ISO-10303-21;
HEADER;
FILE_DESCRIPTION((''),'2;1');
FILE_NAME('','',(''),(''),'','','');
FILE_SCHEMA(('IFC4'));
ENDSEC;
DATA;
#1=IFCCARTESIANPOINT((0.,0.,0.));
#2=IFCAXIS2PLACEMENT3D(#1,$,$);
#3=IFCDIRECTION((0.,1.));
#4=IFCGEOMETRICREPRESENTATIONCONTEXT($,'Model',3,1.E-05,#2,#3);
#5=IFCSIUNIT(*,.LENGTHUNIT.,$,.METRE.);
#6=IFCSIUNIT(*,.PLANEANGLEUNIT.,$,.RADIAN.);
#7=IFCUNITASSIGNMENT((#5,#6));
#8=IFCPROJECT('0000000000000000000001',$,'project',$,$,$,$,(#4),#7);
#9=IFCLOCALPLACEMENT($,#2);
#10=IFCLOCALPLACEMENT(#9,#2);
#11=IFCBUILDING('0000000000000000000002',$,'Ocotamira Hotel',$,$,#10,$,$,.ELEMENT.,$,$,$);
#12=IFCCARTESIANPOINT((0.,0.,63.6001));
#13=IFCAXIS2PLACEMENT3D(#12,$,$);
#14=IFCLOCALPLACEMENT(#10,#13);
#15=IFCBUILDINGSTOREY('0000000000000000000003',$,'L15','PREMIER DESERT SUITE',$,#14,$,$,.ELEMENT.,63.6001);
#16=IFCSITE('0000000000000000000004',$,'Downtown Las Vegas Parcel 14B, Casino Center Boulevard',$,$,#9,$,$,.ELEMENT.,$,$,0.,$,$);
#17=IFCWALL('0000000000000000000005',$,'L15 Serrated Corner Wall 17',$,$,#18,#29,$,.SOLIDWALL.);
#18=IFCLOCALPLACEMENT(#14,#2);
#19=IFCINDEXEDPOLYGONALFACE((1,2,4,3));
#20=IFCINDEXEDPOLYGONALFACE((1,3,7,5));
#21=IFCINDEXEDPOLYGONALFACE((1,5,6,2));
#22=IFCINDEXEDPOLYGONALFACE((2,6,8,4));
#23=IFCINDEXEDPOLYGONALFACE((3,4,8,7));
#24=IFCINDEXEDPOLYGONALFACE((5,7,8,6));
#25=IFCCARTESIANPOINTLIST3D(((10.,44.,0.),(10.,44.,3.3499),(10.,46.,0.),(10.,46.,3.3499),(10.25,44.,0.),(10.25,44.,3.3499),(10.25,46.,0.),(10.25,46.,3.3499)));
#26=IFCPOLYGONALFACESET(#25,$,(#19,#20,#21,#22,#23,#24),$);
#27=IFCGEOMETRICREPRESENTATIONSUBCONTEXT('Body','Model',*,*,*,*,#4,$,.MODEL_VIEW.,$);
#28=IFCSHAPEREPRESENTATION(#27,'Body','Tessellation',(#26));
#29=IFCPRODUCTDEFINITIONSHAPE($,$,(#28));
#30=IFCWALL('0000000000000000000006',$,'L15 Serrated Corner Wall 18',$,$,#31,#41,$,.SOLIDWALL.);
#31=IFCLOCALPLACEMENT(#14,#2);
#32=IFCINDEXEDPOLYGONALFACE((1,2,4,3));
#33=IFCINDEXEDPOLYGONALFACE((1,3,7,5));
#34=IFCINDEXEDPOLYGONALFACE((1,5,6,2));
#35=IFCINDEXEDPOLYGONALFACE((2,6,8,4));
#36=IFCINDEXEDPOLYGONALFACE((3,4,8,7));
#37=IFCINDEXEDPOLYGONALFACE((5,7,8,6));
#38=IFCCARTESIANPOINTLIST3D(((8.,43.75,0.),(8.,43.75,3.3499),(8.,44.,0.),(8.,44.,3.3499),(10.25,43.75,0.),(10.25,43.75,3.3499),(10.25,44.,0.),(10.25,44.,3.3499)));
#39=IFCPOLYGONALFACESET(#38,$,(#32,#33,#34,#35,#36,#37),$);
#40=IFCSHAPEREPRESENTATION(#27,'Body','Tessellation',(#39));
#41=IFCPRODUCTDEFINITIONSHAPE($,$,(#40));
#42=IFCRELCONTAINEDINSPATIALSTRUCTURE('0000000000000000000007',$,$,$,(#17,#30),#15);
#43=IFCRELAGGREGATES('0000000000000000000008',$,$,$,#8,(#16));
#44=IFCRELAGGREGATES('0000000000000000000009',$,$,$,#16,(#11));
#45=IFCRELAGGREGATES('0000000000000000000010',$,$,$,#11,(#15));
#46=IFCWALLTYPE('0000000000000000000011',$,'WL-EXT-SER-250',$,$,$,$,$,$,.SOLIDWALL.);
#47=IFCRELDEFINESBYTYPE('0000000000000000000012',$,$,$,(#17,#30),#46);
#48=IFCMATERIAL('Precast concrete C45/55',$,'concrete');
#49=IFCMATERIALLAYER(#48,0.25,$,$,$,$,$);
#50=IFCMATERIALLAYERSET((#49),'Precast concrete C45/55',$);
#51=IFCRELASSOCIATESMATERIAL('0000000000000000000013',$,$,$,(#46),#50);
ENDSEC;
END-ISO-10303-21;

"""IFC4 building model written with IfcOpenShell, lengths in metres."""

from ifc_helpers import new_model, si_unit, direction, frame, frame_2d, origin, place, context, subcontext, project, spatial, rectangle, extrude, material, layer, layer_set, type_object, element, save


model = new_model("IFC4")

# Units and contexts
model_context = context("Model", 3, precision=1e-05, world=origin(), true_north=direction((0.0, 1.0)))
body_context = subcontext(model_context, "Body", "Model", "MODEL_VIEW")
ifc_project = project(units=[si_unit("LENGTHUNIT", "METRE"), si_unit("PLANEANGLEUNIT", "RADIAN")], contexts=[model_context])

# Site, building, storey
site_placement = place(None, origin())
site = spatial("IfcSite", under=ifc_project, at=site_placement, Name="Downtown Las Vegas Parcel 14B, Casino Center Boulevard", CompositionType="ELEMENT", RefElevation=0.0)
building_placement = place(site_placement, origin())
building = spatial("IfcBuilding", under=site, at=building_placement, Name="Ocotamira Hotel", CompositionType="ELEMENT")
storey_placement = place(building_placement, frame((0.0, 0.0, 63.6001)))
storey = spatial("IfcBuildingStorey", under=building, at=storey_placement, Name="L15", Description="PREMIER DESERT SUITE", CompositionType="ELEMENT", Elevation=63.6001)

# Shared definitions
ifc_material_1 = material(Name="Precast concrete C45/55", Category="concrete")
ifc_layer_1 = layer(ifc_material_1, 0.25)
ifc_layer_set_1 = layer_set([ifc_layer_1], Name="Precast concrete C45/55")
wall_type_1 = type_object("IfcWallType", Name="WL-EXT-SER-250", PredefinedType="SOLIDWALL", material=ifc_layer_set_1)

# Walls
for number, where, z_axis, x_axis, name in (
    (1, (10.125, 46.0, 0.0), (0.0, 0.0, 1.0), (0.0, -1.0, 0.0), "L15 Serrated Corner Wall 17"),
):
    element("IfcWall", number, at=place(storey_placement, frame(where, z_axis=z_axis, x_axis=x_axis)), inside=storey, type_object=wall_type_1, Name=name, PredefinedType="SOLIDWALL", context=body_context, shape_type="SweptSolid", body=[
        extrude(rectangle(XDim=2.0, YDim=0.25, at=frame_2d((1.0, 0.0))), origin(), (0.0, 0.0, 1.0), 3.3499),
    ])
wall_1_placement = place(storey_placement, frame((10.25, 43.875, 0.0), z_axis=(0.0, 0.0, 1.0), x_axis=(-1.0, 0.0, 0.0)))
element("IfcWall", 2, at=wall_1_placement, inside=storey, type_object=wall_type_1, Name="L15 Serrated Corner Wall 18", PredefinedType="SOLIDWALL", context=body_context, shape_type="SweptSolid", body=[
    extrude(rectangle(XDim=2.25, YDim=0.25, at=frame_2d((1.125, 0.0))), origin(), (0.0, 0.0, 1.0), 3.3499),
])

save(model, "model.ifc")
